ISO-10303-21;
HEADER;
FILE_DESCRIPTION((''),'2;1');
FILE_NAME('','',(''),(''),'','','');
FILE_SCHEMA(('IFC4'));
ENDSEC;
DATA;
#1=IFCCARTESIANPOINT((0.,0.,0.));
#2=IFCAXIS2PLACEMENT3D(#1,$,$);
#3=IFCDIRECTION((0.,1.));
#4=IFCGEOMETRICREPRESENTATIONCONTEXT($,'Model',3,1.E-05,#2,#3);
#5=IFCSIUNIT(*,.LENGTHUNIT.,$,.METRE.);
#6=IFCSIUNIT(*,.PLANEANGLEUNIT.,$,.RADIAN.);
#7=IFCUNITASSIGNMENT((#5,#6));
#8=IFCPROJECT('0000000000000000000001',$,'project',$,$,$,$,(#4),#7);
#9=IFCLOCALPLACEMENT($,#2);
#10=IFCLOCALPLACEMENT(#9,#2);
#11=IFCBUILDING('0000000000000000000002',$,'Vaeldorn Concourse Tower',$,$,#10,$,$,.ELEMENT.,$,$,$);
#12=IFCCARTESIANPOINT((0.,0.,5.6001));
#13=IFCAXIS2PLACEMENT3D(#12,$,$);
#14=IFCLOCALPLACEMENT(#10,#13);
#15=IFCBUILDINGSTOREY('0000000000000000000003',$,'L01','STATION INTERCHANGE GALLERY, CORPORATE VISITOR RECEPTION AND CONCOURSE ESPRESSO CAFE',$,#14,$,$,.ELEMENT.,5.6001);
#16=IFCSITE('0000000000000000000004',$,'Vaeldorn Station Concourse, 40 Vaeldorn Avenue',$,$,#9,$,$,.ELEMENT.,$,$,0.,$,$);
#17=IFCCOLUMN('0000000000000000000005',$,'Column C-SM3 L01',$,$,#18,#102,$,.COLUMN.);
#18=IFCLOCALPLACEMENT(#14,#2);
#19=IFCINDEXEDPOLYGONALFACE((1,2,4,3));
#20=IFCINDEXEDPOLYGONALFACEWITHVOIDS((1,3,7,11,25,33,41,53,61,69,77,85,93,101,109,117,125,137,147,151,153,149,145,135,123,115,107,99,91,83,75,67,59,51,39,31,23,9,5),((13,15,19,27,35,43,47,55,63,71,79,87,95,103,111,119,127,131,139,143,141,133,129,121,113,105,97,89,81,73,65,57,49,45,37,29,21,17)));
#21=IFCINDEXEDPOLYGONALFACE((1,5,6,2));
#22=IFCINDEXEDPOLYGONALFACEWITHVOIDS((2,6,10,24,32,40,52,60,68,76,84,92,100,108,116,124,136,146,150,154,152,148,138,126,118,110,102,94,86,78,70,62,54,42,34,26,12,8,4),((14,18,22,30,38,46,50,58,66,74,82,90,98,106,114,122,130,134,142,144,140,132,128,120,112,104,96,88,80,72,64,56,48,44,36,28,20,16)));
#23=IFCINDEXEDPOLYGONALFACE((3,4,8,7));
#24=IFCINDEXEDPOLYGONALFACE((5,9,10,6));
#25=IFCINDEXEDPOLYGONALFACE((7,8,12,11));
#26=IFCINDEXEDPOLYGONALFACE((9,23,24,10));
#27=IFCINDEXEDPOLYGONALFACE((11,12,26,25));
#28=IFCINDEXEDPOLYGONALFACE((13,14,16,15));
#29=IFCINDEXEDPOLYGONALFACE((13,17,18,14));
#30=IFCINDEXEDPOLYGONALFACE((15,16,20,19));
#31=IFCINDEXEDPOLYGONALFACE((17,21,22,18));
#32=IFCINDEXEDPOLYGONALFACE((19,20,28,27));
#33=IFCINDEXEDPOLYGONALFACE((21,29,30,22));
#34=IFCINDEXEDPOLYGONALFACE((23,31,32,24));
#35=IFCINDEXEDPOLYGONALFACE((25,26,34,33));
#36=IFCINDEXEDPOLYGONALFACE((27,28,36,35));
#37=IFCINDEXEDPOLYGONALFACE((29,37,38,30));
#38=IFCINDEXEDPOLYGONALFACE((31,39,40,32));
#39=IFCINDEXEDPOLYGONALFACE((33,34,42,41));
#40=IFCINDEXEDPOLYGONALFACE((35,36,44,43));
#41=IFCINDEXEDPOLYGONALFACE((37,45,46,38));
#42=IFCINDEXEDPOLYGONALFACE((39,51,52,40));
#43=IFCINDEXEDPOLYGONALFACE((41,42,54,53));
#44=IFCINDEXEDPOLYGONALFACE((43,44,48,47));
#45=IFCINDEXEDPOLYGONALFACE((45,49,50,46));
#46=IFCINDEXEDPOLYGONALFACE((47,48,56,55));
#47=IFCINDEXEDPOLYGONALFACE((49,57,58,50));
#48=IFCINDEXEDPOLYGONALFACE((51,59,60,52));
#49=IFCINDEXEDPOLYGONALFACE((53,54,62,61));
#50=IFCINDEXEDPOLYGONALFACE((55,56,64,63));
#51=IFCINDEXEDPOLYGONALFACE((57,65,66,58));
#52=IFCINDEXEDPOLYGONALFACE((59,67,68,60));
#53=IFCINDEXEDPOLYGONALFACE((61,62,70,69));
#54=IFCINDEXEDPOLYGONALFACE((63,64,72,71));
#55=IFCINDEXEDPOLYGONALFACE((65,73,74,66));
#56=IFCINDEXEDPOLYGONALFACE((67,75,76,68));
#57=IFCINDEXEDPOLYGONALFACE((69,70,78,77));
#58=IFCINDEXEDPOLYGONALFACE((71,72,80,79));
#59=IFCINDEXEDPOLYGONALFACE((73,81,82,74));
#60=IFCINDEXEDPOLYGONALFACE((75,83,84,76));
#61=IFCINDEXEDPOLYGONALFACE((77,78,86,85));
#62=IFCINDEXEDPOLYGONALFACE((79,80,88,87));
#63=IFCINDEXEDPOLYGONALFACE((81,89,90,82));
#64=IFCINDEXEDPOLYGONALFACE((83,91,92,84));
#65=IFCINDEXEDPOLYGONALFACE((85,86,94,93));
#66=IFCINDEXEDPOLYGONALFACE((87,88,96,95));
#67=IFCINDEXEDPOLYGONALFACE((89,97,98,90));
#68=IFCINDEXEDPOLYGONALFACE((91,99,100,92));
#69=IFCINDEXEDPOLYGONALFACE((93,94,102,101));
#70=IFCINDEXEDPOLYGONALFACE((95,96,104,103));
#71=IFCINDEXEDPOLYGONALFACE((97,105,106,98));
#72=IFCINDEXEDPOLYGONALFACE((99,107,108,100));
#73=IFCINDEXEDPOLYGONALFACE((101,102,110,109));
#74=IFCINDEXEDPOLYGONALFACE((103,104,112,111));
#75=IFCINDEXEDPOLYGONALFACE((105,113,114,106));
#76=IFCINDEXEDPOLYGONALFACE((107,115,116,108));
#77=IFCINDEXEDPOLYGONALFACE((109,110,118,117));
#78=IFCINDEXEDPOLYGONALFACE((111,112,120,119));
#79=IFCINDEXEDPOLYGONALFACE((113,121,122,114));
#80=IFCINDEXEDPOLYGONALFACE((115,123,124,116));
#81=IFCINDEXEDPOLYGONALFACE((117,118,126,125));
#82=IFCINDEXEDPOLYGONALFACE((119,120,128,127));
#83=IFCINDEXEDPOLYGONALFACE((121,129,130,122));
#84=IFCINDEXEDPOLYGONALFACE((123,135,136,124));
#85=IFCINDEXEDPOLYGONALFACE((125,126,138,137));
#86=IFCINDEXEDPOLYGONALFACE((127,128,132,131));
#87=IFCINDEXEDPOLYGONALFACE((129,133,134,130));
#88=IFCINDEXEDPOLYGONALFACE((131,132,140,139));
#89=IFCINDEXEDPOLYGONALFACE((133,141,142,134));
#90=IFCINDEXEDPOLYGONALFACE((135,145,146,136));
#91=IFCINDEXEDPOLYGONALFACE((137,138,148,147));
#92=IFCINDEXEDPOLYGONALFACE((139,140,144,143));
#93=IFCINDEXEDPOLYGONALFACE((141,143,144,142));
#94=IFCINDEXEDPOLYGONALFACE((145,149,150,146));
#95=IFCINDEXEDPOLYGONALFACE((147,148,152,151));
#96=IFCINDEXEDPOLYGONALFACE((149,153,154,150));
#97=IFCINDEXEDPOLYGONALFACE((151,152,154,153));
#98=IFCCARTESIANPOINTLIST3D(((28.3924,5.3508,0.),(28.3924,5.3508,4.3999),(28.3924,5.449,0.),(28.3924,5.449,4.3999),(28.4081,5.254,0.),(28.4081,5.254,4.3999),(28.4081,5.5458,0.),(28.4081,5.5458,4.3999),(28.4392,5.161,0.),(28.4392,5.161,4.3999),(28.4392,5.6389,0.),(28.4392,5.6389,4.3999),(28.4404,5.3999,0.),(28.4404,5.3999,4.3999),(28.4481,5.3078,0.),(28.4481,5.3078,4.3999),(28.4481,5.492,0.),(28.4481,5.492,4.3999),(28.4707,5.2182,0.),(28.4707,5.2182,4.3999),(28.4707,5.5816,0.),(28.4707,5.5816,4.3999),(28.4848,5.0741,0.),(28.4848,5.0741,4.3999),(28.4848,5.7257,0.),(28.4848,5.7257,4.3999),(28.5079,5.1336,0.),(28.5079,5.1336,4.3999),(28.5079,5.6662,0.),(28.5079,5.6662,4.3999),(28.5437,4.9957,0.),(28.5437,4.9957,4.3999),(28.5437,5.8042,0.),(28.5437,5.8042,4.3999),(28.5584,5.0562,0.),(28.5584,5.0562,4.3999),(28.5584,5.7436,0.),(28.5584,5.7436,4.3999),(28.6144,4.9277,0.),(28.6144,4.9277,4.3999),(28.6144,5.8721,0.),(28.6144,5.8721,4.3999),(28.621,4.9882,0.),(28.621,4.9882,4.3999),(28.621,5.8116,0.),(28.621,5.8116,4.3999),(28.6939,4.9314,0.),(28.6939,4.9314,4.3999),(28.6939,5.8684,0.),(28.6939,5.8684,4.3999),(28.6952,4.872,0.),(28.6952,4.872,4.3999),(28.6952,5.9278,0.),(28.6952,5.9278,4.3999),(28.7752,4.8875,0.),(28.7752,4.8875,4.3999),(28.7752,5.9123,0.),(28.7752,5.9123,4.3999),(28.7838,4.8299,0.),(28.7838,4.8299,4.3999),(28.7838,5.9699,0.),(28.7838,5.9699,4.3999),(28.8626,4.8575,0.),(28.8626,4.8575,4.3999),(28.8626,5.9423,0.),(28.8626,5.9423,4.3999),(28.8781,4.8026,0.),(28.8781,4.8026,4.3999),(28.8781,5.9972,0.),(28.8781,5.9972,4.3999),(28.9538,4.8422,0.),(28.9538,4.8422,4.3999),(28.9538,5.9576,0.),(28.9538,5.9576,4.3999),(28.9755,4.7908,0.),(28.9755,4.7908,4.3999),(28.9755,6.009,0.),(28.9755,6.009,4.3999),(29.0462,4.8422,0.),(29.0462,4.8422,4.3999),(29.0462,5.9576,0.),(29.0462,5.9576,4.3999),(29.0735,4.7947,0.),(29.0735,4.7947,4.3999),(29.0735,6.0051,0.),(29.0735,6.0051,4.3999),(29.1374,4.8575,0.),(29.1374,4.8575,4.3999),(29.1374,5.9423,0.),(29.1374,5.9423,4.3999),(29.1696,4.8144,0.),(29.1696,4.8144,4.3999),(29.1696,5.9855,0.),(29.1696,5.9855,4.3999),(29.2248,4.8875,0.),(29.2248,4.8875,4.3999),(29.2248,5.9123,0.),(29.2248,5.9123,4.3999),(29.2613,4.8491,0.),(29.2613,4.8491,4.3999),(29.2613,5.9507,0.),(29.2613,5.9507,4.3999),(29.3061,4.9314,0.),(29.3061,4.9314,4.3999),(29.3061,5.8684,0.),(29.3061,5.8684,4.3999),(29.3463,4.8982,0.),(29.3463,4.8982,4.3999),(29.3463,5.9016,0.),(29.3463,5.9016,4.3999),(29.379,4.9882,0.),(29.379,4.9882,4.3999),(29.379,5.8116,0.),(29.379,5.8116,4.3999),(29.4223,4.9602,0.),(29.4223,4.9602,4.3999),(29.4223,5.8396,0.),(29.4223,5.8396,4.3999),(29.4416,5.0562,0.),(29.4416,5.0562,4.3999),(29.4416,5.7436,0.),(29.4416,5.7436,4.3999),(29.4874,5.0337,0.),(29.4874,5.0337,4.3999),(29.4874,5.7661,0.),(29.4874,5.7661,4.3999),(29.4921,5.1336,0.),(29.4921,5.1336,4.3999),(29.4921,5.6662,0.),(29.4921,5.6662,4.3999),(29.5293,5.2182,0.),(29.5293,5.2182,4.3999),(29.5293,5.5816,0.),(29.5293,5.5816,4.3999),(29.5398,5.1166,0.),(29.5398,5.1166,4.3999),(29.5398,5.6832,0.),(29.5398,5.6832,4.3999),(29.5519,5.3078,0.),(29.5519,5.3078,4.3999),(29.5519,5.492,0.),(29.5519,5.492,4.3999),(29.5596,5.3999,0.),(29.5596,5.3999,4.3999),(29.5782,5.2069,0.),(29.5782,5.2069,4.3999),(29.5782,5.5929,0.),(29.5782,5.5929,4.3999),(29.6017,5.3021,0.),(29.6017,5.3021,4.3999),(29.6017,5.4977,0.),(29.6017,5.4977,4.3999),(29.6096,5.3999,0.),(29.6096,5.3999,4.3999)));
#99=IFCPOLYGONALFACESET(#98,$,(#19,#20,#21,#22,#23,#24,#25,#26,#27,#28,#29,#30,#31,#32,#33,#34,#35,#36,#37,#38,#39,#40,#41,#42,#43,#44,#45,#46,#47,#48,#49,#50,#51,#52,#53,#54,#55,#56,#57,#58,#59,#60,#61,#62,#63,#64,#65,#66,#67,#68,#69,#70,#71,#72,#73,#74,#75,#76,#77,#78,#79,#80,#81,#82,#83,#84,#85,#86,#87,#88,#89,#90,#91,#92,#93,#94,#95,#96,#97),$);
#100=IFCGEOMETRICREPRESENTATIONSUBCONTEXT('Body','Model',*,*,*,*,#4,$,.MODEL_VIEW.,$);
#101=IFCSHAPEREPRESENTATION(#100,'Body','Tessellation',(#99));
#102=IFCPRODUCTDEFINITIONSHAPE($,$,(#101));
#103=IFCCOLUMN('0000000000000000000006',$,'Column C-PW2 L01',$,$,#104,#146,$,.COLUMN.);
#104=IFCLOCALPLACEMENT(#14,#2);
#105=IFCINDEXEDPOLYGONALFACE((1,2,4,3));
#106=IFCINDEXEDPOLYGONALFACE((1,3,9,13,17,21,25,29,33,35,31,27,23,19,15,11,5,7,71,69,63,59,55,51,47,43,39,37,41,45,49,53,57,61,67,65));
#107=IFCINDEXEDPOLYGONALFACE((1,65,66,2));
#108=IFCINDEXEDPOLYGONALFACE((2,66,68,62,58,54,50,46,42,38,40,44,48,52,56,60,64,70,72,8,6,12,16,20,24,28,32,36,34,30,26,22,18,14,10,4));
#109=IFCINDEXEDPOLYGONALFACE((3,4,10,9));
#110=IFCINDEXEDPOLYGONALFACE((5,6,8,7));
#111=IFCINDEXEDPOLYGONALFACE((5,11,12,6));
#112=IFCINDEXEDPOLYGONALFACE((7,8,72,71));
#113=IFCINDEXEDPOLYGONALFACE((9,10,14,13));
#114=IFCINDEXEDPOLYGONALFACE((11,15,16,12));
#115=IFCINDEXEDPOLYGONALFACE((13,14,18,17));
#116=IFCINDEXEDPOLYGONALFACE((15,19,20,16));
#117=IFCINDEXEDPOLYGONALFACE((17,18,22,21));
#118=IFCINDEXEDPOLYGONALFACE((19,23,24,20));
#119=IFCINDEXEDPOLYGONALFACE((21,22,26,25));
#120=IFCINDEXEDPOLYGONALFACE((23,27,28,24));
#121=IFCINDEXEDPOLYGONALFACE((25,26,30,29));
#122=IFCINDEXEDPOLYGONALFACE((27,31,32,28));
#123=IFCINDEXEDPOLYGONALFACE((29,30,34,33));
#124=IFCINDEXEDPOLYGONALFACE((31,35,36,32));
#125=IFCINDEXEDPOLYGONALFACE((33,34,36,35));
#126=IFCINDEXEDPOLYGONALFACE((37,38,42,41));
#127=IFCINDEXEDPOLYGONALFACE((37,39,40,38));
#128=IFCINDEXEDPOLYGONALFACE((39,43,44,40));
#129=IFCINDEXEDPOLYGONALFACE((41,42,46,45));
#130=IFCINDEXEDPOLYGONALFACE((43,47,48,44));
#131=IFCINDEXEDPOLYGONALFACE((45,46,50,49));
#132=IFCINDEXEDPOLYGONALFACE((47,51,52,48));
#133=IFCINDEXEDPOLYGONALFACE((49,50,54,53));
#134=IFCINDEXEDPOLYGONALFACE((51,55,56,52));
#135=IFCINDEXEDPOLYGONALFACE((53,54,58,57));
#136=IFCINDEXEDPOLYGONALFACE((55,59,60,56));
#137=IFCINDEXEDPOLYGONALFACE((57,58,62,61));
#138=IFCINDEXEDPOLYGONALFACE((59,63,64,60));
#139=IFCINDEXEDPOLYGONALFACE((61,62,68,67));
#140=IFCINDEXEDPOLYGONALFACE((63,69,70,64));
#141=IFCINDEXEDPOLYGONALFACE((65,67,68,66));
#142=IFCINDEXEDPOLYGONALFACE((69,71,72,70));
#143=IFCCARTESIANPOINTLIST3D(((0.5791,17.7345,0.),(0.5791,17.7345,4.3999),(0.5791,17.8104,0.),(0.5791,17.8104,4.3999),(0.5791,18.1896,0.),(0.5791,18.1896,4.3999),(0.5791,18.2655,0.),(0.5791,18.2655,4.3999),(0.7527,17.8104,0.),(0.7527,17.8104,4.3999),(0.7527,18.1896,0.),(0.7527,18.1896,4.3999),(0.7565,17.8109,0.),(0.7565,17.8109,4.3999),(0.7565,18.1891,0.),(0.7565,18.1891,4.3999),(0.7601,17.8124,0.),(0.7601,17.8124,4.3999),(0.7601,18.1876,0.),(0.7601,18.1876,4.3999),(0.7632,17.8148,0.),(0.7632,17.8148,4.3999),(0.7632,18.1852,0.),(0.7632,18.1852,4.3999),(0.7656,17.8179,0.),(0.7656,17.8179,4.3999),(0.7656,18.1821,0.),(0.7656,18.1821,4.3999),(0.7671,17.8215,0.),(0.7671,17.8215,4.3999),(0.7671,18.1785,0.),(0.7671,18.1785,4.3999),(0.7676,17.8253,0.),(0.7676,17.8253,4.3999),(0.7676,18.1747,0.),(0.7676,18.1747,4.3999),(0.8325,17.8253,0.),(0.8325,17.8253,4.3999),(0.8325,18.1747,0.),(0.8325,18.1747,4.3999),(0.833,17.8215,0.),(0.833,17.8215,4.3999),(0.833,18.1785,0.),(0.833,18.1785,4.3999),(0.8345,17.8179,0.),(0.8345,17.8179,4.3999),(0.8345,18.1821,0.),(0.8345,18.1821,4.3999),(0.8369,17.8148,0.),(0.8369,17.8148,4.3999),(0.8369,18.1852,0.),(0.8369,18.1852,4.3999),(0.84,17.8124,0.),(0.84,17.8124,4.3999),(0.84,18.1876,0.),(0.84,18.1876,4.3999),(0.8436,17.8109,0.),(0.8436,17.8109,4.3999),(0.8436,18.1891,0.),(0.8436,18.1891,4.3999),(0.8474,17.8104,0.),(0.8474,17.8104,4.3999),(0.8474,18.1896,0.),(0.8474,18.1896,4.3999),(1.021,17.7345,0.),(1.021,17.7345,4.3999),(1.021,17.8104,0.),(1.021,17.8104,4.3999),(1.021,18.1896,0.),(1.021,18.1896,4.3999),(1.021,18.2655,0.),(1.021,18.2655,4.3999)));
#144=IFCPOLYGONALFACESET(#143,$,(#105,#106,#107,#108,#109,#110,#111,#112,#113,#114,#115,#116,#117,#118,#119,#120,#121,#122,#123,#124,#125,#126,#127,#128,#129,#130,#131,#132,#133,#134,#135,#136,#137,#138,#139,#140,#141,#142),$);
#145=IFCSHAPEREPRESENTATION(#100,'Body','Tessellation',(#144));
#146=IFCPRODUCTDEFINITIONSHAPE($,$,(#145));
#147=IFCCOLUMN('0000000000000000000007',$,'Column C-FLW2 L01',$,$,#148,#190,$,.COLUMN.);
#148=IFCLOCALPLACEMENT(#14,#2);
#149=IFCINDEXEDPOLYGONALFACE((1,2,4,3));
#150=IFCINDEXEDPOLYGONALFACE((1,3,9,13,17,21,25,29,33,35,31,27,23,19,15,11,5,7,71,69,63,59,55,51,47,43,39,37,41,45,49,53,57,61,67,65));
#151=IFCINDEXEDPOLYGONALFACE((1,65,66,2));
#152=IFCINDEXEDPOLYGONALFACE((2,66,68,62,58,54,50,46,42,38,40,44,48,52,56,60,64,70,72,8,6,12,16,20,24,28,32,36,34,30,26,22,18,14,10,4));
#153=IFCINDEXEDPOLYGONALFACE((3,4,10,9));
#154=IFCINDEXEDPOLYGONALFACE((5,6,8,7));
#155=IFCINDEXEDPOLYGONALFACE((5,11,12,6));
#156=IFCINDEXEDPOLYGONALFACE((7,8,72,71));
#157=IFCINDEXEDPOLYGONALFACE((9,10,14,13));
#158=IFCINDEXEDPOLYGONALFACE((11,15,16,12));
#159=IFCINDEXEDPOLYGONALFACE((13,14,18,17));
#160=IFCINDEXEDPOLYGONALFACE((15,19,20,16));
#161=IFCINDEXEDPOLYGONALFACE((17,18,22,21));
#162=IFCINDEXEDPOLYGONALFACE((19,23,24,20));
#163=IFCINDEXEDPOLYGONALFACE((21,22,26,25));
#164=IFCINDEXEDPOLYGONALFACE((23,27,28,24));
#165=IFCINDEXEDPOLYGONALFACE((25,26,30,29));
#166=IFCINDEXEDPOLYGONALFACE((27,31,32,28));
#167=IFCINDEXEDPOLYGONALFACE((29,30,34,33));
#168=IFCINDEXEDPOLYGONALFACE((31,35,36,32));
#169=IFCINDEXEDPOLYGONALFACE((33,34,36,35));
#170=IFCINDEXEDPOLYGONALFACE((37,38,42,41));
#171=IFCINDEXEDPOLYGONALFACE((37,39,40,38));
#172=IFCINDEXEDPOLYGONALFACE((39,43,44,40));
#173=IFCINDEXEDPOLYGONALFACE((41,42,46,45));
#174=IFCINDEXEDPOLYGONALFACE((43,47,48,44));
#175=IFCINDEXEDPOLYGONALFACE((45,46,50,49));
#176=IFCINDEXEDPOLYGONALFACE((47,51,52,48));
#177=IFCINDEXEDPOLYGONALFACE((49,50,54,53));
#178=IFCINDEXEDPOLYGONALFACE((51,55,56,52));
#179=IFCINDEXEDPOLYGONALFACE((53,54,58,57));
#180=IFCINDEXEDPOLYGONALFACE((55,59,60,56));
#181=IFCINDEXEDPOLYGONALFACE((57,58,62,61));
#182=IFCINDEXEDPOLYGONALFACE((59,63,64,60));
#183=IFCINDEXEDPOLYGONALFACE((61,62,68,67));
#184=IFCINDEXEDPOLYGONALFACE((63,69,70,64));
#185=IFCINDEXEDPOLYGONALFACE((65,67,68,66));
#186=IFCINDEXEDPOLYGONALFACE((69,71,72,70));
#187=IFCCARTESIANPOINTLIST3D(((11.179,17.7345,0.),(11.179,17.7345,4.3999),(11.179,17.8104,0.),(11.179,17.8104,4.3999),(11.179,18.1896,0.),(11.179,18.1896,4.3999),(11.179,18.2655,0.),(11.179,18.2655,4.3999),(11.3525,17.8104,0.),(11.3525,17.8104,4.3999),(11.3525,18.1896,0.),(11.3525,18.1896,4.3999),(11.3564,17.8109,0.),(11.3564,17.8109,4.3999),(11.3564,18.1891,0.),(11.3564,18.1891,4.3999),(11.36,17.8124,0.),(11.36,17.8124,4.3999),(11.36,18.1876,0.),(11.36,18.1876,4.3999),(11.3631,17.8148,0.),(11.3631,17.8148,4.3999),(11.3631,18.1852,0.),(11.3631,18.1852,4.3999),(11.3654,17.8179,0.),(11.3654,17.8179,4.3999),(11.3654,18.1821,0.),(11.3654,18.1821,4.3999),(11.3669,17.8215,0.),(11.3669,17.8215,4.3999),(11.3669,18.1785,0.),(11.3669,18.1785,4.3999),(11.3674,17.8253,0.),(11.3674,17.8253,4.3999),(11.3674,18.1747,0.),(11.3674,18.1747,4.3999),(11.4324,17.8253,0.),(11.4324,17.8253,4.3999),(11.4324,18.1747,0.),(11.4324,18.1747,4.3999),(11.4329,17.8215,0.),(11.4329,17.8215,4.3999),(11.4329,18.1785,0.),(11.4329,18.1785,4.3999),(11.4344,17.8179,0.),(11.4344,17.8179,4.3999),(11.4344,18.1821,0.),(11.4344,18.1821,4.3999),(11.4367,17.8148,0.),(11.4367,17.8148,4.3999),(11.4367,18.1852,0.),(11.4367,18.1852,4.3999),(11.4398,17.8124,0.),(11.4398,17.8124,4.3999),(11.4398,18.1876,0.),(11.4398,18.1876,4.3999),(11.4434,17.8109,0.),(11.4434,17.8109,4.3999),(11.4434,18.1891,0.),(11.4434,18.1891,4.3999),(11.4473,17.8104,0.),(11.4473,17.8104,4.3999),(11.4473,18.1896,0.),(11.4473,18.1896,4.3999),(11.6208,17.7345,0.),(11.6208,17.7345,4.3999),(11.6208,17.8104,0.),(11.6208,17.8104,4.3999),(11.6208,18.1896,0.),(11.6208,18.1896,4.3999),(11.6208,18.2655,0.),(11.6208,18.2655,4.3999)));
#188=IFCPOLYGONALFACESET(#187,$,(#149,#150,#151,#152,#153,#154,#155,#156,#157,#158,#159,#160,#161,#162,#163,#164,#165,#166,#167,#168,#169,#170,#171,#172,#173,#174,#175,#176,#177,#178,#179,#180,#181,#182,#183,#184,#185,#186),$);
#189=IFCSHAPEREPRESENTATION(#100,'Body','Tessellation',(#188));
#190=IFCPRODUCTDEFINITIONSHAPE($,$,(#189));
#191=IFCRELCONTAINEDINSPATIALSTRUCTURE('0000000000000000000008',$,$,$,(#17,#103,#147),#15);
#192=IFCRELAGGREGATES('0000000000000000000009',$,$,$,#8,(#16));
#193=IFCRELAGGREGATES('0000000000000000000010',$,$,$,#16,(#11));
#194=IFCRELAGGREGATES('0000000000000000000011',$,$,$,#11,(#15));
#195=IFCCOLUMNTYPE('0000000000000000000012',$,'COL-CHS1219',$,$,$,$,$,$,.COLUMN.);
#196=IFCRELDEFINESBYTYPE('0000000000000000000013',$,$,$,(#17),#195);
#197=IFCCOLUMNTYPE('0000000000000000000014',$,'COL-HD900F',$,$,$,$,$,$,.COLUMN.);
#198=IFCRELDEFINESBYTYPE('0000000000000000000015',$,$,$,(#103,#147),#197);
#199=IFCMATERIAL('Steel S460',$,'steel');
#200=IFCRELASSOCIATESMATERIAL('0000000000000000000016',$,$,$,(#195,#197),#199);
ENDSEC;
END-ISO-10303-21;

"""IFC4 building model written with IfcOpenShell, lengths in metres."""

from ifc_helpers import new_model, si_unit, direction, frame, origin, origin_2d, place, context, subcontext, project, spatial, hollow_circle, i_section, extrude, source, transform, mapped, material, material_profile, profile_set, type_object, element, save


model = new_model("IFC4")

# Units and contexts
model_context = context("Model", 3, precision=1e-05, world=origin(), true_north=direction((0.0, 1.0)))
body_context = subcontext(model_context, "Body", "Model", "MODEL_VIEW")
ifc_project = project(units=[si_unit("LENGTHUNIT", "METRE"), si_unit("PLANEANGLEUNIT", "RADIAN")], contexts=[model_context])

# Site, building, storey
site_placement = place(None, origin())
site = spatial("IfcSite", under=ifc_project, at=site_placement, Name="Vaeldorn Station Concourse, 40 Vaeldorn Avenue", CompositionType="ELEMENT", RefElevation=0.0)
building_placement = place(site_placement, origin())
building = spatial("IfcBuilding", under=site, at=building_placement, Name="Vaeldorn Concourse Tower", CompositionType="ELEMENT")
storey_placement = place(building_placement, frame((0.0, 0.0, 5.6001)))
storey = spatial("IfcBuildingStorey", under=building, at=storey_placement, Name="L01", Description="STATION INTERCHANGE GALLERY, CORPORATE VISITOR RECEPTION AND CONCOURSE ESPRESSO CAFE", CompositionType="ELEMENT", Elevation=5.6001)

# Columns
ifc_material_1 = material(Name="Steel S460", Category="steel")
ifc_material_profile_1 = material_profile(ifc_material_1, hollow_circle(Radius=0.6096, WallThickness=0.05, at=origin_2d()), Name="CHS 1219x50")
ifc_profile_set_1 = profile_set([ifc_material_profile_1], Name="Steel S460")
column_type_1 = type_object("IfcColumnType", Name="COL-CHS1219", PredefinedType="COLUMN", material=ifc_profile_set_1)
shared_shape_1 = source(origin(), body_context, "Body", "SweptSolid", [
    extrude(hollow_circle(Radius=0.6096, WallThickness=0.05, at=origin_2d()), origin(), (0.0, 0.0, 1.0), 4.3999),
])
column_placement = place(storey_placement, frame((29.0, 5.3999, 0.0), z_axis=(0.0, 0.0, 1.0), x_axis=(1.0, 0.0, 0.0)))
element("IfcColumn", 1, at=column_placement, inside=storey, type_object=column_type_1, Name="Column C-SM3 L01", PredefinedType="COLUMN", context=body_context, shape_type="MappedRepresentation", body=[
    mapped(shared_shape_1, transform((0.0, 0.0, 0.0), scale=1.0)),
])
ifc_material_profile_2 = material_profile(ifc_material_1, i_section(OverallWidth=0.4419, OverallDepth=0.531, WebThickness=0.0649, FlangeThickness=0.0759, FilletRadius=0.0149, at=origin_2d()), Name="HD 400x900")
ifc_profile_set_2 = profile_set([ifc_material_profile_2], Name="Steel S460")
column_type_2 = type_object("IfcColumnType", Name="COL-HD900F", PredefinedType="COLUMN", material=ifc_profile_set_2)
shared_shape_2 = source(origin(), body_context, "Body", "SweptSolid", [
    extrude(i_section(OverallWidth=0.4419, OverallDepth=0.531, WebThickness=0.0649, FlangeThickness=0.0759, FilletRadius=0.0149, at=origin_2d()), origin(), (0.0, 0.0, 1.0), 4.3999),
])
for number, where, z_axis, x_axis, name in (
    (2, (0.8, 18.0, 0.0), (0.0, 0.0, 1.0), (1.0, 0.0, 0.0), "Column C-PW2 L01"),
    (3, (11.3999, 18.0, 0.0), (0.0, 0.0, 1.0), (1.0, 0.0, 0.0), "Column C-FLW2 L01"),
):
    element("IfcColumn", number, at=place(storey_placement, frame(where, z_axis=z_axis, x_axis=x_axis)), inside=storey, type_object=column_type_2, Name=name, PredefinedType="COLUMN", context=body_context, shape_type="MappedRepresentation", body=[
        mapped(shared_shape_2, transform((0.0, 0.0, 0.0), scale=1.0)),
    ])

save(model, "model.ifc")
